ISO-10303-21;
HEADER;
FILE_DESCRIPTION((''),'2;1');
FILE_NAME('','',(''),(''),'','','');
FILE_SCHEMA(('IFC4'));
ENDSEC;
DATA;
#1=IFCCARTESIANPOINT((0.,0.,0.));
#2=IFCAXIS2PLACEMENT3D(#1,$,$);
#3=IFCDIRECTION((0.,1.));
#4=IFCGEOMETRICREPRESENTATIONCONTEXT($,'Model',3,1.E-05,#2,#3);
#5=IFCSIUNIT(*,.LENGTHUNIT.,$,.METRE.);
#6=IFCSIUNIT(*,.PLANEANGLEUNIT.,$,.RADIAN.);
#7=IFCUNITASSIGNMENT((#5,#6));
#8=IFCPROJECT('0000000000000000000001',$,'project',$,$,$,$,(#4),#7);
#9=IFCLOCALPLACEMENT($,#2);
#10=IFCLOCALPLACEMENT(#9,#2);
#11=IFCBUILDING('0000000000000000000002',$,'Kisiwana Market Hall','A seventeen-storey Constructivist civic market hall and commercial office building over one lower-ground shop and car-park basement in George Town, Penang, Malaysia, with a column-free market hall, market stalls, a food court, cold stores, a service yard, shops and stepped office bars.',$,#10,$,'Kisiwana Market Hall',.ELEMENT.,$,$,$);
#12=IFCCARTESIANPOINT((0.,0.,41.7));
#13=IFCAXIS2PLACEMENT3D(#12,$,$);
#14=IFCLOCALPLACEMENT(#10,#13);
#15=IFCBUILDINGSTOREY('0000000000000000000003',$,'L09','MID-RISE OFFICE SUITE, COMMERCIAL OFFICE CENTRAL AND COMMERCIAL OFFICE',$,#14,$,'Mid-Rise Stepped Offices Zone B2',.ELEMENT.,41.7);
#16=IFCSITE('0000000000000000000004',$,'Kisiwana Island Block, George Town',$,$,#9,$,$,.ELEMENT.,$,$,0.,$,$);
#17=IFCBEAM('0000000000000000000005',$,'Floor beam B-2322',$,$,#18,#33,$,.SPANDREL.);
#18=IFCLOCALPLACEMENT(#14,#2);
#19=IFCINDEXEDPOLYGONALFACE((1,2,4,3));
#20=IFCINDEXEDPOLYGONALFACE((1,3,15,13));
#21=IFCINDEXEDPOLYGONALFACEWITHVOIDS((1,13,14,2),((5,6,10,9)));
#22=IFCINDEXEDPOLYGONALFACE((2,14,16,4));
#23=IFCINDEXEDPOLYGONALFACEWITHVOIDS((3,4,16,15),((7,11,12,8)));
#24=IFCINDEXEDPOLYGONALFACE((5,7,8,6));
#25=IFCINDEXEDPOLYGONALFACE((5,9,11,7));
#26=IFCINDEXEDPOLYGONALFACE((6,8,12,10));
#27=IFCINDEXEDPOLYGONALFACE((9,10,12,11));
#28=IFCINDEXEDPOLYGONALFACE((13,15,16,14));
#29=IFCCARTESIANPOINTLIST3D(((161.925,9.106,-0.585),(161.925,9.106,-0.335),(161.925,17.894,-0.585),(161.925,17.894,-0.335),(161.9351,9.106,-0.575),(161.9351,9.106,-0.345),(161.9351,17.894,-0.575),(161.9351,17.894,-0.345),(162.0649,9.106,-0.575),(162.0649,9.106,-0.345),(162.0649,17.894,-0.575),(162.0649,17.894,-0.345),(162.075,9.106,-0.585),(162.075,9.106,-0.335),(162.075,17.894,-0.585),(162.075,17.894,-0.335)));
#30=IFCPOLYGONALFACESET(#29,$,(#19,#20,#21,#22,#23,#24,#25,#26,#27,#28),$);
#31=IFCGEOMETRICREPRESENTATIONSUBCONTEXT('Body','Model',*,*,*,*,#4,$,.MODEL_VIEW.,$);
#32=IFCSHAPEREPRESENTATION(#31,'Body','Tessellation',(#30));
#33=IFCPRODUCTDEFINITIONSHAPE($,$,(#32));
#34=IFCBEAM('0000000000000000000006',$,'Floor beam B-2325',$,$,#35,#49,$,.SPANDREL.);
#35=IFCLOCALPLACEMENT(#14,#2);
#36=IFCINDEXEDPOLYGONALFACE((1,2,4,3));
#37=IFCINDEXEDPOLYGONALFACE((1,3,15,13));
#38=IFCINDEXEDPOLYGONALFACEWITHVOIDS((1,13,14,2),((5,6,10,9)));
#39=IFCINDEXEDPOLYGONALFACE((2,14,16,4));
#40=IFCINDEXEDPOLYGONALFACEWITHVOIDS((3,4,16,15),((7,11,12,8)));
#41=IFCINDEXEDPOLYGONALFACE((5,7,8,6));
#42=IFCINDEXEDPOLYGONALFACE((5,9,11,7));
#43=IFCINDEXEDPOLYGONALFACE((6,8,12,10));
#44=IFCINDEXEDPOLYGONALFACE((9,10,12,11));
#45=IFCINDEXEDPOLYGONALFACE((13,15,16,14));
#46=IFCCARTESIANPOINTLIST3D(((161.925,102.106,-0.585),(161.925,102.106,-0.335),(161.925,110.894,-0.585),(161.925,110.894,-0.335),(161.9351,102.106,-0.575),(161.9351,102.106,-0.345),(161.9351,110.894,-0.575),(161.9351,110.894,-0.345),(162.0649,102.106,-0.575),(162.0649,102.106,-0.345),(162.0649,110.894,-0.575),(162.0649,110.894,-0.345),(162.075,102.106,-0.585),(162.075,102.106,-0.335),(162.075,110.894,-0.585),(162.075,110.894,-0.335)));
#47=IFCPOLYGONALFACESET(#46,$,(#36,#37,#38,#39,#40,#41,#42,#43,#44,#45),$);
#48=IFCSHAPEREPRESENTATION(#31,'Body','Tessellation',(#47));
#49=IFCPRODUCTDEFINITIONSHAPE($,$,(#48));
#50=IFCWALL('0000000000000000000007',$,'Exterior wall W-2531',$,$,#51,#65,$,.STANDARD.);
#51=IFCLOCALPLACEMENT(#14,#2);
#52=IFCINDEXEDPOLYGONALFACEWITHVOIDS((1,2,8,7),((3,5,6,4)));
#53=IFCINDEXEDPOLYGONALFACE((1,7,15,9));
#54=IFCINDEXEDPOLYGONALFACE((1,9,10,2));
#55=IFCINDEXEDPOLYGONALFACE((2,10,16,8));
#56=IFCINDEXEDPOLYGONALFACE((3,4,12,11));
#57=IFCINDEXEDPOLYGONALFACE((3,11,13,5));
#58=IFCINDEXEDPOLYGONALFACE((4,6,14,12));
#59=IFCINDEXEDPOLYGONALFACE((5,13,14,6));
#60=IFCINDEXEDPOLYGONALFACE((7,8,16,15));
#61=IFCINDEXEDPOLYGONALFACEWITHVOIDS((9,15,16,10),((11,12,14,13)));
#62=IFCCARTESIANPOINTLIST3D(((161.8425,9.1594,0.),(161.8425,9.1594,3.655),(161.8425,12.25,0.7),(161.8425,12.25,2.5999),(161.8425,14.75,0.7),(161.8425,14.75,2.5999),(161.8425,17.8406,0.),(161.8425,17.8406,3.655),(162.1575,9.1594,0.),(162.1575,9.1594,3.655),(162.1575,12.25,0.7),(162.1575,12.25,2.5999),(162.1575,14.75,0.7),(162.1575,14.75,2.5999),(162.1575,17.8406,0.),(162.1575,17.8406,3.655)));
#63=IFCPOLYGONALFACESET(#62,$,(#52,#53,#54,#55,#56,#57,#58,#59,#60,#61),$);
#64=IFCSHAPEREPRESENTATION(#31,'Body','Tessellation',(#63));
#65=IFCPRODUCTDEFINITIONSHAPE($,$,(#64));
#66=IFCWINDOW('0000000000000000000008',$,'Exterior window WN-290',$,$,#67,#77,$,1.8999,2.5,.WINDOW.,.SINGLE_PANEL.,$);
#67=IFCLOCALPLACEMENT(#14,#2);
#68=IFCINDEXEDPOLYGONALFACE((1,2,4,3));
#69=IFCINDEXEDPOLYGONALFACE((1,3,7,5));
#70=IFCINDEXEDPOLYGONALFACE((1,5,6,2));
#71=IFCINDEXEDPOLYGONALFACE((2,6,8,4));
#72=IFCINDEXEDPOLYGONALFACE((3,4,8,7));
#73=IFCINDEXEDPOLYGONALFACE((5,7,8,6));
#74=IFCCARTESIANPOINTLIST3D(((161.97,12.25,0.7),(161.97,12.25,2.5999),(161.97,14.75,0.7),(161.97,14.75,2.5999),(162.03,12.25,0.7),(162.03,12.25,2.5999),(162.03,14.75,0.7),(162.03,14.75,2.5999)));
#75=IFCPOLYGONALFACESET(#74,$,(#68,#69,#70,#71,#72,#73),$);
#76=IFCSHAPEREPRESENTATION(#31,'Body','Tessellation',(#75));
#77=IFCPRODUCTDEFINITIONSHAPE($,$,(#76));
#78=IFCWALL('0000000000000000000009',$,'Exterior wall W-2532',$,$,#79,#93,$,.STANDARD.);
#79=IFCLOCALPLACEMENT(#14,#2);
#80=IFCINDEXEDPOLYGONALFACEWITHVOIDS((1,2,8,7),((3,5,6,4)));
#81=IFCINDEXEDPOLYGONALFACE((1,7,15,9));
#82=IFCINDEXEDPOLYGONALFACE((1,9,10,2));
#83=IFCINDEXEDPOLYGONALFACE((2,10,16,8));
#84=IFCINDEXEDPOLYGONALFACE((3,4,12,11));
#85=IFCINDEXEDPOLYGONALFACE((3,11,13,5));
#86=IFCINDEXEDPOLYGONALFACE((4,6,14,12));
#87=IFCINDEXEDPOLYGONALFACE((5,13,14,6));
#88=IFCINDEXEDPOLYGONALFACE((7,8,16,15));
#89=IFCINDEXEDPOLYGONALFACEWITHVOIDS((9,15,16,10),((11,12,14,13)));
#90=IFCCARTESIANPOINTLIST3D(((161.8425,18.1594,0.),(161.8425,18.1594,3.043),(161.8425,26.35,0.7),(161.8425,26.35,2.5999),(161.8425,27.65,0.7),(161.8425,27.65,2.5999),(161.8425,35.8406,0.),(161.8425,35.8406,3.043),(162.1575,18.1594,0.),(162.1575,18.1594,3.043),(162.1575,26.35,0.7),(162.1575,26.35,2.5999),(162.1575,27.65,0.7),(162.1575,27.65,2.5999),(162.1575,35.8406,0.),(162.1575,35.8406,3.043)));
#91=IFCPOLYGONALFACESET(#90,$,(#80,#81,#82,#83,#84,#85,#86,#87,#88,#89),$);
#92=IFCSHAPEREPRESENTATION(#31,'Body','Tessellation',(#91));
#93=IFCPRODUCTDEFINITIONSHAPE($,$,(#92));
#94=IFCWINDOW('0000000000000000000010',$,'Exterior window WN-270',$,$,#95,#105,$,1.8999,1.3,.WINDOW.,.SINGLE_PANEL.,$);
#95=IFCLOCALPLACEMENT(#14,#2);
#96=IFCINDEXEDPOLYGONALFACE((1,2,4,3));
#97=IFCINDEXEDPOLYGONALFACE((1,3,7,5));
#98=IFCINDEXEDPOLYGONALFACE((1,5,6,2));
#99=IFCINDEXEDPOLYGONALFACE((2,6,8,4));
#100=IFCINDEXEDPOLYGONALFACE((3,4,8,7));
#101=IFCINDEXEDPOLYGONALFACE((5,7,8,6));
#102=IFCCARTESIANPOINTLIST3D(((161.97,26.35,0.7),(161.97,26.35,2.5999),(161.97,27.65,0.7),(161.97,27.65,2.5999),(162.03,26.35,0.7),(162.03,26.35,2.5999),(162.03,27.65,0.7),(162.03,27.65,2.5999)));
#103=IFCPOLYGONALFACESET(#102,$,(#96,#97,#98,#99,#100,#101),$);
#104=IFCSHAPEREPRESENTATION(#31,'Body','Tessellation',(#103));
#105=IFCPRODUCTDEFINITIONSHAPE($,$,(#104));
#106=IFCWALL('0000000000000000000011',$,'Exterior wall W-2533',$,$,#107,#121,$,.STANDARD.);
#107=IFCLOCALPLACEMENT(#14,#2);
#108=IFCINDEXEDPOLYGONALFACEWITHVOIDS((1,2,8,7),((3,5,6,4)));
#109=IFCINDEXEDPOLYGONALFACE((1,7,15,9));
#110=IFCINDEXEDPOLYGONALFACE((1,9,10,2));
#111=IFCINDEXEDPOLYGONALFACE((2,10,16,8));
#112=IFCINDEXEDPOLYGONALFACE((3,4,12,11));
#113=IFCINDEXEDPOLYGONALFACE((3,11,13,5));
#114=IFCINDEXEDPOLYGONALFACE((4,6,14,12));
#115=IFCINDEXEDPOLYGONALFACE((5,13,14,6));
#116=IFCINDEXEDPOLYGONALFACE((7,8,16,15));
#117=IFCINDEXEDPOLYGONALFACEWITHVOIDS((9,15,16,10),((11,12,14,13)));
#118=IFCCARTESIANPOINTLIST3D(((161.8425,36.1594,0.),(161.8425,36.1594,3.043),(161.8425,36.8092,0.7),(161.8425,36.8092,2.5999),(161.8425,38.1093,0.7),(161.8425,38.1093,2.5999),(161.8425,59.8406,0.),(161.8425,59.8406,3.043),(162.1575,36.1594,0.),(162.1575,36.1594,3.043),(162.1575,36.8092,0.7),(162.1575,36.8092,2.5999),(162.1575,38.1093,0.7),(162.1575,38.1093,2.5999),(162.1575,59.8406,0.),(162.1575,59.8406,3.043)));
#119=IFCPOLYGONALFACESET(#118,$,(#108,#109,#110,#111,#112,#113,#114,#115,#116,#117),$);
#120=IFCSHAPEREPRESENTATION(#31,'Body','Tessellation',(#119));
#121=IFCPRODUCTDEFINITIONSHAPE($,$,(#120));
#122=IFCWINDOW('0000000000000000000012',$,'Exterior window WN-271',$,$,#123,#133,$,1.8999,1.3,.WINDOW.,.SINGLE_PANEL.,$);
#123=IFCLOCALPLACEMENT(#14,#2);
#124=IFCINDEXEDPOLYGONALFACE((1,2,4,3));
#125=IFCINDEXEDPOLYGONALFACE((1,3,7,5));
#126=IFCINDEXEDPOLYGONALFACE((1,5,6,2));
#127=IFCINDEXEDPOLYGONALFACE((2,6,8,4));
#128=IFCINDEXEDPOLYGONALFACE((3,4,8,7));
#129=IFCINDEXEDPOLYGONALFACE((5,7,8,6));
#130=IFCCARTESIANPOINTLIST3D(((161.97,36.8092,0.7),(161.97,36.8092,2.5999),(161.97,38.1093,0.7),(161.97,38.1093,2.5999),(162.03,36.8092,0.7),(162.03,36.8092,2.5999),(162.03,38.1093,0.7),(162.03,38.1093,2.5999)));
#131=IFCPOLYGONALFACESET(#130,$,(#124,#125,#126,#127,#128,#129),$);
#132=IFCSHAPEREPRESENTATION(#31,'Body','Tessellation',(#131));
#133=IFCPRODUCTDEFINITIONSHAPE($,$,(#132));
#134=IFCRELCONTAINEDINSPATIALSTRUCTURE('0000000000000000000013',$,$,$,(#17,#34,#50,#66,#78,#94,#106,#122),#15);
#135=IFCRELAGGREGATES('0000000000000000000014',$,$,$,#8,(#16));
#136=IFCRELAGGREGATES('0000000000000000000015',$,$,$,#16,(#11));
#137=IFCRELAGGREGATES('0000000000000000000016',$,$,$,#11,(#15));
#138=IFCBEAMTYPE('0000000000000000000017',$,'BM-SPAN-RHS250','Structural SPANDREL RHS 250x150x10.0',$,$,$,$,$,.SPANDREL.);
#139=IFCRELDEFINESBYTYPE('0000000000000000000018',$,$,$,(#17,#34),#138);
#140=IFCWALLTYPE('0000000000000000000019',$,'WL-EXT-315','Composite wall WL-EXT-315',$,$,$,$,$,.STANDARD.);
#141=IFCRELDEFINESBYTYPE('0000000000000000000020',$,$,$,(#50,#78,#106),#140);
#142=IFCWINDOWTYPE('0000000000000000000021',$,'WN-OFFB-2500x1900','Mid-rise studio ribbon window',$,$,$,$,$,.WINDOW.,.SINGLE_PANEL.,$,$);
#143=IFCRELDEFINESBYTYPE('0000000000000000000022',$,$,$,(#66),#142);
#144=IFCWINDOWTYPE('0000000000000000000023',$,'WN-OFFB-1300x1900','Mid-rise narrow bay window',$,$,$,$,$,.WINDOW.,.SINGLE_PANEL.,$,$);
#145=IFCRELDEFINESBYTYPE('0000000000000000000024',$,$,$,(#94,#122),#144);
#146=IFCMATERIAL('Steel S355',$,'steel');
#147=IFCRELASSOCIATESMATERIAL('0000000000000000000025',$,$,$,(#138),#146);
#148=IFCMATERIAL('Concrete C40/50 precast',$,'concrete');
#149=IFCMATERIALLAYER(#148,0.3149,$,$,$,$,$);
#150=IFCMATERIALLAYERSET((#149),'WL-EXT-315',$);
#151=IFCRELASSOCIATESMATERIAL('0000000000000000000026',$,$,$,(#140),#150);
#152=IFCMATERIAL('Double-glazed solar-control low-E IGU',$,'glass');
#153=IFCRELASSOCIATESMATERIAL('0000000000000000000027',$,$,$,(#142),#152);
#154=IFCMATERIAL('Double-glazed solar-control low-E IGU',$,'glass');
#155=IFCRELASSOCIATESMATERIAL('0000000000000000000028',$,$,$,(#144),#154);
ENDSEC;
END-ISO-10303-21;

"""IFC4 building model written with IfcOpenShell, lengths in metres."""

from ifc_helpers import new_model, si_unit, direction, frame, frame_2d, origin, origin_2d, place, context, subcontext, project, spatial, rectangle, hollow_rectangle, extrude, material, layer, layer_set, material_profile, profile_set, type_object, element, fill, save


model = new_model("IFC4")

# Units and contexts
model_context = context("Model", 3, precision=1e-05, world=origin(), true_north=direction((0.0, 1.0)))
body_context = subcontext(model_context, "Body", "Model", "MODEL_VIEW")
ifc_project = project(units=[si_unit("LENGTHUNIT", "METRE"), si_unit("PLANEANGLEUNIT", "RADIAN")], contexts=[model_context])

# Site, building, storey
site_placement = place(None, origin())
site = spatial("IfcSite", under=ifc_project, at=site_placement, Name="Kisiwana Island Block, George Town", CompositionType="ELEMENT", RefElevation=0.0)
building_placement = place(site_placement, origin())
building = spatial("IfcBuilding", under=site, at=building_placement, Name="Kisiwana Market Hall", Description="A seventeen-storey Constructivist civic market hall and commercial office building over one lower-ground shop and car-park basement in George Town, Penang, Malaysia, with a column-free market hall, market stalls, a food court, cold stores, a service yard, shops and stepped office bars.", LongName="Kisiwana Market Hall", CompositionType="ELEMENT")
storey_placement = place(building_placement, frame((0.0, 0.0, 41.7)))
storey = spatial("IfcBuildingStorey", under=building, at=storey_placement, Name="L09", Description="MID-RISE OFFICE SUITE, COMMERCIAL OFFICE CENTRAL AND COMMERCIAL OFFICE", LongName="Mid-Rise Stepped Offices Zone B2", CompositionType="ELEMENT", Elevation=41.7)

# Beams
ifc_material_1 = material(Name="Steel S355", Category="steel")
ifc_material_profile_1 = material_profile(ifc_material_1, hollow_rectangle(XDim=0.1499, YDim=0.25, WallThickness=0.01, at=origin_2d()), Name="RHS 250x150x10.0")
ifc_profile_set_1 = profile_set([ifc_material_profile_1], Name="Steel S355")
beam_type_1 = type_object("IfcBeamType", Name="BM-SPAN-RHS250", Description="Structural SPANDREL RHS 250x150x10.0", PredefinedType="SPANDREL", material=ifc_profile_set_1)
for number, where, z_axis, x_axis, name in (
    (1, (162.0, 9.106, -0.46), (0.0, 1.0, 0.0), (-1.0, 0.0, 0.0), "Floor beam B-2322"),
    (2, (162.0, 102.106, -0.46), (0.0, 1.0, 0.0), (-1.0, 0.0, 0.0), "Floor beam B-2325"),
):
    element("IfcBeam", number, at=place(storey_placement, frame(where, z_axis=z_axis, x_axis=x_axis)), inside=storey, type_object=beam_type_1, Name=name, PredefinedType="SPANDREL", context=body_context, shape_type="SweptSolid", body=[
        extrude(hollow_rectangle(XDim=0.1499, YDim=0.25, WallThickness=0.01, at=origin_2d()), origin(), (0.0, 0.0, 1.0), 8.7881),
    ])

# Walls, openings, windows
ifc_material_2 = material(Name="Concrete C40/50 precast", Category="concrete")
ifc_layer = layer(ifc_material_2, 0.3149)
ifc_layer_set = layer_set([ifc_layer], Name="WL-EXT-315")
wall_type = type_object("IfcWallType", Name="WL-EXT-315", Description="Composite wall WL-EXT-315", PredefinedType="STANDARD", material=ifc_layer_set)
wall_1_placement = place(storey_placement, frame((162.0, 9.1594, 0.0), z_axis=(0.0, 0.0, 1.0), x_axis=(0.0, 1.0, 0.0)))
wall_1 = element("IfcWall", 3, at=wall_1_placement, inside=storey, type_object=wall_type, Name="Exterior wall W-2531", PredefinedType="STANDARD", context=body_context, shape_type="SweptSolid", body=[
    extrude(rectangle(XDim=8.6812, YDim=0.3149, at=frame_2d((4.3406, 0.0))), origin(), (0.0, 0.0, 1.0), 3.655),
])
opening_1_placement = place(wall_1_placement, frame((3.0906, 0.0, 0.7)))
opening_1 = element("IfcOpeningElement", 4, at=opening_1_placement, cuts=wall_1, PredefinedType="OPENING", context=body_context, shape_type="SweptSolid", body=[
    extrude(rectangle(XDim=2.5, YDim=1.8999, at=frame_2d((1.25, 0.95))), frame((0.0, 0.1694, 0.0), z_axis=(0.0, -1.0, 0.0), x_axis=(1.0, 0.0, 0.0)), (0.0, 0.0, 1.0), 0.3389),
])
ifc_material_3 = material(Name="Double-glazed solar-control low-E IGU", Category="glass")
window_type_1 = type_object("IfcWindowType", Name="WN-OFFB-2500x1900", Description="Mid-rise studio ribbon window", PartitioningType="SINGLE_PANEL", PredefinedType="WINDOW", material=ifc_material_3)
window_1_placement = place(opening_1_placement, origin())
window_1 = element("IfcWindow", 5, at=window_1_placement, inside=storey, type_object=window_type_1, Name="Exterior window WN-290", OverallHeight=1.8999, OverallWidth=2.5, PartitioningType="SINGLE_PANEL", PredefinedType="WINDOW", context=body_context, shape_type="SweptSolid", body=[
    extrude(rectangle(XDim=2.5, YDim=1.8999, at=frame_2d((1.25, 0.95))), frame((0.0, 0.03, 0.0), z_axis=(0.0, -1.0, 0.0), x_axis=(1.0, 0.0, 0.0)), (0.0, 0.0, 1.0), 0.0601),
])
fill(opening_1, window_1)
wall_2_placement = place(storey_placement, frame((162.0, 18.1594, 0.0), z_axis=(0.0, 0.0, 1.0), x_axis=(0.0, 1.0, 0.0)))
wall_2 = element("IfcWall", 6, at=wall_2_placement, inside=storey, type_object=wall_type, Name="Exterior wall W-2532", PredefinedType="STANDARD", context=body_context, shape_type="SweptSolid", body=[
    extrude(rectangle(XDim=17.6812, YDim=0.3149, at=frame_2d((8.8406, 0.0))), origin(), (0.0, 0.0, 1.0), 3.043),
])
opening_2_placement = place(wall_2_placement, frame((8.1907, 0.0, 0.7)))
opening_2 = element("IfcOpeningElement", 7, at=opening_2_placement, cuts=wall_2, PredefinedType="OPENING", context=body_context, shape_type="SweptSolid", body=[
    extrude(rectangle(XDim=1.3, YDim=1.8999, at=frame_2d((0.6499, 0.95))), frame((0.0, 0.1694, 0.0), z_axis=(0.0, -1.0, 0.0), x_axis=(1.0, 0.0, 0.0)), (0.0, 0.0, 1.0), 0.3389),
])
ifc_material_4 = material(Name="Double-glazed solar-control low-E IGU", Category="glass")
window_type_2 = type_object("IfcWindowType", Name="WN-OFFB-1300x1900", Description="Mid-rise narrow bay window", PartitioningType="SINGLE_PANEL", PredefinedType="WINDOW", material=ifc_material_4)
window_2_placement = place(opening_2_placement, origin())
window_2 = element("IfcWindow", 8, at=window_2_placement, inside=storey, type_object=window_type_2, Name="Exterior window WN-270", OverallHeight=1.8999, OverallWidth=1.3, PartitioningType="SINGLE_PANEL", PredefinedType="WINDOW", context=body_context, shape_type="SweptSolid", body=[
    extrude(rectangle(XDim=1.3, YDim=1.8999, at=frame_2d((0.6499, 0.95))), frame((0.0, 0.03, 0.0), z_axis=(0.0, -1.0, 0.0), x_axis=(1.0, 0.0, 0.0)), (0.0, 0.0, 1.0), 0.0601),
])
fill(opening_2, window_2)
wall_3_placement = place(storey_placement, frame((162.0, 36.1594, 0.0), z_axis=(0.0, 0.0, 1.0), x_axis=(0.0, 1.0, 0.0)))
wall_3 = element("IfcWall", 9, at=wall_3_placement, inside=storey, type_object=wall_type, Name="Exterior wall W-2533", PredefinedType="STANDARD", context=body_context, shape_type="SweptSolid", body=[
    extrude(rectangle(XDim=23.6812, YDim=0.3149, at=frame_2d((11.8406, 0.0))), origin(), (0.0, 0.0, 1.0), 3.043),
])
opening_3_placement = place(wall_3_placement, frame((0.6499, 0.0, 0.7)))
opening_3 = element("IfcOpeningElement", 10, at=opening_3_placement, cuts=wall_3, PredefinedType="OPENING", context=body_context, shape_type="SweptSolid", body=[
    extrude(rectangle(XDim=1.3, YDim=1.8999, at=frame_2d((0.6499, 0.95))), frame((0.0, 0.1694, 0.0), z_axis=(0.0, -1.0, 0.0), x_axis=(1.0, 0.0, 0.0)), (0.0, 0.0, 1.0), 0.3389),
])
window_3_placement = place(opening_3_placement, origin())
window_3 = element("IfcWindow", 11, at=window_3_placement, inside=storey, type_object=window_type_2, Name="Exterior window WN-271", OverallHeight=1.8999, OverallWidth=1.3, PartitioningType="SINGLE_PANEL", PredefinedType="WINDOW", context=body_context, shape_type="SweptSolid", body=[
    extrude(rectangle(XDim=1.3, YDim=1.8999, at=frame_2d((0.6499, 0.95))), frame((0.0, 0.03, 0.0), z_axis=(0.0, -1.0, 0.0), x_axis=(1.0, 0.0, 0.0)), (0.0, 0.0, 1.0), 0.0601),
])
fill(opening_3, window_3)

save(model, "model.ifc")
